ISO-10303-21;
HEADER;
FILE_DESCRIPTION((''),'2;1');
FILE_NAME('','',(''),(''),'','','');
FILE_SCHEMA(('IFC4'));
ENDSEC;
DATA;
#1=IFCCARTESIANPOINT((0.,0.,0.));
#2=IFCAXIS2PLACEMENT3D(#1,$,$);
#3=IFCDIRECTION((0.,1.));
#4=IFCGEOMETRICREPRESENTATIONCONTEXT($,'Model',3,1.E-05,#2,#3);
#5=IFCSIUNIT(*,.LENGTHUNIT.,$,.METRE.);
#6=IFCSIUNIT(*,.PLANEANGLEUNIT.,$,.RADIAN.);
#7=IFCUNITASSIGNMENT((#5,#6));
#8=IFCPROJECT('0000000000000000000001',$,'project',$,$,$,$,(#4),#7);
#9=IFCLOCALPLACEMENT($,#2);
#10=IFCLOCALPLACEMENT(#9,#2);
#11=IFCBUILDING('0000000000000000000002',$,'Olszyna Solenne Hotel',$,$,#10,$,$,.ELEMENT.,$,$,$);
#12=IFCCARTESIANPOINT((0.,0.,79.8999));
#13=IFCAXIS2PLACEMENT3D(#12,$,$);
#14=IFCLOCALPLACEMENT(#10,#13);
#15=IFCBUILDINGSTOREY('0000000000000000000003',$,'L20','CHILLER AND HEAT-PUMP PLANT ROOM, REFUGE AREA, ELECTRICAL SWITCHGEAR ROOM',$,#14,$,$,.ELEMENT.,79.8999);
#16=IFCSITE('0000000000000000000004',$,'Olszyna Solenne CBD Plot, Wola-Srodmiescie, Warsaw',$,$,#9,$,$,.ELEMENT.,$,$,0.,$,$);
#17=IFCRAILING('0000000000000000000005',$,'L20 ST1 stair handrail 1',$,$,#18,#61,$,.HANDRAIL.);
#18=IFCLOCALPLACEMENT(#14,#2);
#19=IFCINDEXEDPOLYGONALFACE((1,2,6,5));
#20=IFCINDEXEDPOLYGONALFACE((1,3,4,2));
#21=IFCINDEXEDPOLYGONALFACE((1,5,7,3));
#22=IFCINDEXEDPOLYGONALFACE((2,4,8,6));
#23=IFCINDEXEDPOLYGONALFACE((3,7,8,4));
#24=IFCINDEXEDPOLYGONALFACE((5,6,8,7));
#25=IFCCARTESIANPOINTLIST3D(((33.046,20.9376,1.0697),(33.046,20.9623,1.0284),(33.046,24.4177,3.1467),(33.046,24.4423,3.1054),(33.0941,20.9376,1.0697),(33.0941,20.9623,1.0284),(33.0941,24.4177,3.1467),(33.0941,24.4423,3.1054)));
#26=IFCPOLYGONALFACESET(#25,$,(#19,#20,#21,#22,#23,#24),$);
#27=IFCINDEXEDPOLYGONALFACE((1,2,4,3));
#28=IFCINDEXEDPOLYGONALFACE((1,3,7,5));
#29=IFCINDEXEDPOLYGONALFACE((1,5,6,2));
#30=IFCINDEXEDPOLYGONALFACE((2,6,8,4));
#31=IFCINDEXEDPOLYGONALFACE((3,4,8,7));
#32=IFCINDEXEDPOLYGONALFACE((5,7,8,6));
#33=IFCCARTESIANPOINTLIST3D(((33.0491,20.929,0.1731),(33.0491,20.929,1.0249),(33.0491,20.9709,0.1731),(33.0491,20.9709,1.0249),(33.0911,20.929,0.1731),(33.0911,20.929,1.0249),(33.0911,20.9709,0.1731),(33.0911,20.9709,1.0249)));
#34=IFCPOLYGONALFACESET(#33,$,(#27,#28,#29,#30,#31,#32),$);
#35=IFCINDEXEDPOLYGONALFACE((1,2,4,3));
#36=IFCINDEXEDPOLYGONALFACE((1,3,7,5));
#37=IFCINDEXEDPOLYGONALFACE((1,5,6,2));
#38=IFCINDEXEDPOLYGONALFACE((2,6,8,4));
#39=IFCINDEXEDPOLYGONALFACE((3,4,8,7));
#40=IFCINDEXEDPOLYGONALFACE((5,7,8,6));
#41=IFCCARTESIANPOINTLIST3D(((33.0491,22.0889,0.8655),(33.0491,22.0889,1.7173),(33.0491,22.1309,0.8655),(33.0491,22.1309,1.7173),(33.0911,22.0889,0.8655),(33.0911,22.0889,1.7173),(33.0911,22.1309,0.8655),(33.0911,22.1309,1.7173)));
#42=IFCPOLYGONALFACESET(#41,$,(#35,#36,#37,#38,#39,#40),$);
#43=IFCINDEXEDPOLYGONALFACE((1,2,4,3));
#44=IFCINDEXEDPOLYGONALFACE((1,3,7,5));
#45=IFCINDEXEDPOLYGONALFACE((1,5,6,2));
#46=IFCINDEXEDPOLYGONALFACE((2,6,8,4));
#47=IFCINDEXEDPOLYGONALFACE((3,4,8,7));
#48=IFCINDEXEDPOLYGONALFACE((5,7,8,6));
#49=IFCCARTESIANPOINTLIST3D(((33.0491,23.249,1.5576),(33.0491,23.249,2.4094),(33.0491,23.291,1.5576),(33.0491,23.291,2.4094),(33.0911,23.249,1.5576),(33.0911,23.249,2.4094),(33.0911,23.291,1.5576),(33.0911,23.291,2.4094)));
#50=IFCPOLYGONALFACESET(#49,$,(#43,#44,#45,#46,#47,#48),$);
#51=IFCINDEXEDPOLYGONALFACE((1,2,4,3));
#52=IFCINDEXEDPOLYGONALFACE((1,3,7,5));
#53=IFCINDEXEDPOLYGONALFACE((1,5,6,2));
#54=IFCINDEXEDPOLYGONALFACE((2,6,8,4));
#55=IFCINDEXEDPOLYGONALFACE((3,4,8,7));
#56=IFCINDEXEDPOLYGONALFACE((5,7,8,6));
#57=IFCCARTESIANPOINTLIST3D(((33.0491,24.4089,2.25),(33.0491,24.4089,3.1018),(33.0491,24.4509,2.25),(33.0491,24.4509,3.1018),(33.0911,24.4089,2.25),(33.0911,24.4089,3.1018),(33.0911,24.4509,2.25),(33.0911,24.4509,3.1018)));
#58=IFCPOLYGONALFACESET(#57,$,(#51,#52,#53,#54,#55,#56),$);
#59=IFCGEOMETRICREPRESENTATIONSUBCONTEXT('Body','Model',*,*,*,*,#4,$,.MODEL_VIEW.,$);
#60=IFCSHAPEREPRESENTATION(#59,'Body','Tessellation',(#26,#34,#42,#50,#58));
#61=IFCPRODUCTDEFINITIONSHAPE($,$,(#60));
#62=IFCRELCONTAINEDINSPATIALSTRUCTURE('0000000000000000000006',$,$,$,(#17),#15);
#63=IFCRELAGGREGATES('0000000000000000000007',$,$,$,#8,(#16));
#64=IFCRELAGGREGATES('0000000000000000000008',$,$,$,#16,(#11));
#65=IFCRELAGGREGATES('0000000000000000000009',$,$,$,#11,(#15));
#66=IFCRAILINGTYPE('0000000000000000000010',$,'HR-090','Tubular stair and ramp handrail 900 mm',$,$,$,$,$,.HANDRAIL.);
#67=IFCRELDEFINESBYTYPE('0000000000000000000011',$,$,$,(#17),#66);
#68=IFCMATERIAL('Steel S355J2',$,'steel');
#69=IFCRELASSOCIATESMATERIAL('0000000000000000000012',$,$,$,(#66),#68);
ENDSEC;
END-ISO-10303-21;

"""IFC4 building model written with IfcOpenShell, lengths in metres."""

from ifc_helpers import new_model, si_unit, direction, frame, origin, origin_2d, place, context, subcontext, project, spatial, rectangle, extrude, material, type_object, element, save


model = new_model("IFC4")

# Units and contexts
model_context = context("Model", 3, precision=1e-05, world=origin(), true_north=direction((0.0, 1.0)))
body_context = subcontext(model_context, "Body", "Model", "MODEL_VIEW")
ifc_project = project(units=[si_unit("LENGTHUNIT", "METRE"), si_unit("PLANEANGLEUNIT", "RADIAN")], contexts=[model_context])

# Site, building, storey
site_placement = place(None, origin())
site = spatial("IfcSite", under=ifc_project, at=site_placement, Name="Olszyna Solenne CBD Plot, Wola-Srodmiescie, Warsaw", CompositionType="ELEMENT", RefElevation=0.0)
building_placement = place(site_placement, origin())
building = spatial("IfcBuilding", under=site, at=building_placement, Name="Olszyna Solenne Hotel", CompositionType="ELEMENT")
storey_placement = place(building_placement, frame((0.0, 0.0, 79.8999)))
storey = spatial("IfcBuildingStorey", under=building, at=storey_placement, Name="L20", Description="CHILLER AND HEAT-PUMP PLANT ROOM, REFUGE AREA, ELECTRICAL SWITCHGEAR ROOM", CompositionType="ELEMENT", Elevation=79.8999)

# Shared definitions
ifc_material_1 = material(Name="Steel S355J2", Category="steel")

# Railing
railing_type_1 = type_object("IfcRailingType", Name="HR-090", Description="Tubular stair and ramp handrail 900 mm", PredefinedType="HANDRAIL", material=ifc_material_1)
railing_1_placement = place(storey_placement, frame((33.0701, 20.95, 0.1731)))
element("IfcRailing", 1, at=railing_1_placement, inside=storey, type_object=railing_type_1, Name="L20 ST1 stair handrail 1", PredefinedType="HANDRAIL", context=body_context, shape_type="SweptSolid", body=[
    extrude(rectangle(XDim=0.0481, YDim=0.0481, at=origin_2d()), frame((0.0, 0.0, 0.876), z_axis=(0.0, 0.858697, 0.512483), x_axis=(-1.0, 0.0, 0.0)), (0.0, 0.0, 1.0), 4.0527),
    extrude(rectangle(XDim=0.042, YDim=0.042, at=origin_2d()), origin(), (0.0, 0.0, 1.0), 0.8518),
    extrude(rectangle(XDim=0.042, YDim=0.042, at=origin_2d()), frame((0.0, 1.1599, 0.6924)), (0.0, 0.0, 1.0), 0.8518),
    extrude(rectangle(XDim=0.042, YDim=0.042, at=origin_2d()), frame((0.0, 2.3201, 1.3845)), (0.0, 0.0, 1.0), 0.8518),
    extrude(rectangle(XDim=0.042, YDim=0.042, at=origin_2d()), frame((0.0, 3.48, 2.0769)), (0.0, 0.0, 1.0), 0.8518),
])

save(model, "model.ifc")
